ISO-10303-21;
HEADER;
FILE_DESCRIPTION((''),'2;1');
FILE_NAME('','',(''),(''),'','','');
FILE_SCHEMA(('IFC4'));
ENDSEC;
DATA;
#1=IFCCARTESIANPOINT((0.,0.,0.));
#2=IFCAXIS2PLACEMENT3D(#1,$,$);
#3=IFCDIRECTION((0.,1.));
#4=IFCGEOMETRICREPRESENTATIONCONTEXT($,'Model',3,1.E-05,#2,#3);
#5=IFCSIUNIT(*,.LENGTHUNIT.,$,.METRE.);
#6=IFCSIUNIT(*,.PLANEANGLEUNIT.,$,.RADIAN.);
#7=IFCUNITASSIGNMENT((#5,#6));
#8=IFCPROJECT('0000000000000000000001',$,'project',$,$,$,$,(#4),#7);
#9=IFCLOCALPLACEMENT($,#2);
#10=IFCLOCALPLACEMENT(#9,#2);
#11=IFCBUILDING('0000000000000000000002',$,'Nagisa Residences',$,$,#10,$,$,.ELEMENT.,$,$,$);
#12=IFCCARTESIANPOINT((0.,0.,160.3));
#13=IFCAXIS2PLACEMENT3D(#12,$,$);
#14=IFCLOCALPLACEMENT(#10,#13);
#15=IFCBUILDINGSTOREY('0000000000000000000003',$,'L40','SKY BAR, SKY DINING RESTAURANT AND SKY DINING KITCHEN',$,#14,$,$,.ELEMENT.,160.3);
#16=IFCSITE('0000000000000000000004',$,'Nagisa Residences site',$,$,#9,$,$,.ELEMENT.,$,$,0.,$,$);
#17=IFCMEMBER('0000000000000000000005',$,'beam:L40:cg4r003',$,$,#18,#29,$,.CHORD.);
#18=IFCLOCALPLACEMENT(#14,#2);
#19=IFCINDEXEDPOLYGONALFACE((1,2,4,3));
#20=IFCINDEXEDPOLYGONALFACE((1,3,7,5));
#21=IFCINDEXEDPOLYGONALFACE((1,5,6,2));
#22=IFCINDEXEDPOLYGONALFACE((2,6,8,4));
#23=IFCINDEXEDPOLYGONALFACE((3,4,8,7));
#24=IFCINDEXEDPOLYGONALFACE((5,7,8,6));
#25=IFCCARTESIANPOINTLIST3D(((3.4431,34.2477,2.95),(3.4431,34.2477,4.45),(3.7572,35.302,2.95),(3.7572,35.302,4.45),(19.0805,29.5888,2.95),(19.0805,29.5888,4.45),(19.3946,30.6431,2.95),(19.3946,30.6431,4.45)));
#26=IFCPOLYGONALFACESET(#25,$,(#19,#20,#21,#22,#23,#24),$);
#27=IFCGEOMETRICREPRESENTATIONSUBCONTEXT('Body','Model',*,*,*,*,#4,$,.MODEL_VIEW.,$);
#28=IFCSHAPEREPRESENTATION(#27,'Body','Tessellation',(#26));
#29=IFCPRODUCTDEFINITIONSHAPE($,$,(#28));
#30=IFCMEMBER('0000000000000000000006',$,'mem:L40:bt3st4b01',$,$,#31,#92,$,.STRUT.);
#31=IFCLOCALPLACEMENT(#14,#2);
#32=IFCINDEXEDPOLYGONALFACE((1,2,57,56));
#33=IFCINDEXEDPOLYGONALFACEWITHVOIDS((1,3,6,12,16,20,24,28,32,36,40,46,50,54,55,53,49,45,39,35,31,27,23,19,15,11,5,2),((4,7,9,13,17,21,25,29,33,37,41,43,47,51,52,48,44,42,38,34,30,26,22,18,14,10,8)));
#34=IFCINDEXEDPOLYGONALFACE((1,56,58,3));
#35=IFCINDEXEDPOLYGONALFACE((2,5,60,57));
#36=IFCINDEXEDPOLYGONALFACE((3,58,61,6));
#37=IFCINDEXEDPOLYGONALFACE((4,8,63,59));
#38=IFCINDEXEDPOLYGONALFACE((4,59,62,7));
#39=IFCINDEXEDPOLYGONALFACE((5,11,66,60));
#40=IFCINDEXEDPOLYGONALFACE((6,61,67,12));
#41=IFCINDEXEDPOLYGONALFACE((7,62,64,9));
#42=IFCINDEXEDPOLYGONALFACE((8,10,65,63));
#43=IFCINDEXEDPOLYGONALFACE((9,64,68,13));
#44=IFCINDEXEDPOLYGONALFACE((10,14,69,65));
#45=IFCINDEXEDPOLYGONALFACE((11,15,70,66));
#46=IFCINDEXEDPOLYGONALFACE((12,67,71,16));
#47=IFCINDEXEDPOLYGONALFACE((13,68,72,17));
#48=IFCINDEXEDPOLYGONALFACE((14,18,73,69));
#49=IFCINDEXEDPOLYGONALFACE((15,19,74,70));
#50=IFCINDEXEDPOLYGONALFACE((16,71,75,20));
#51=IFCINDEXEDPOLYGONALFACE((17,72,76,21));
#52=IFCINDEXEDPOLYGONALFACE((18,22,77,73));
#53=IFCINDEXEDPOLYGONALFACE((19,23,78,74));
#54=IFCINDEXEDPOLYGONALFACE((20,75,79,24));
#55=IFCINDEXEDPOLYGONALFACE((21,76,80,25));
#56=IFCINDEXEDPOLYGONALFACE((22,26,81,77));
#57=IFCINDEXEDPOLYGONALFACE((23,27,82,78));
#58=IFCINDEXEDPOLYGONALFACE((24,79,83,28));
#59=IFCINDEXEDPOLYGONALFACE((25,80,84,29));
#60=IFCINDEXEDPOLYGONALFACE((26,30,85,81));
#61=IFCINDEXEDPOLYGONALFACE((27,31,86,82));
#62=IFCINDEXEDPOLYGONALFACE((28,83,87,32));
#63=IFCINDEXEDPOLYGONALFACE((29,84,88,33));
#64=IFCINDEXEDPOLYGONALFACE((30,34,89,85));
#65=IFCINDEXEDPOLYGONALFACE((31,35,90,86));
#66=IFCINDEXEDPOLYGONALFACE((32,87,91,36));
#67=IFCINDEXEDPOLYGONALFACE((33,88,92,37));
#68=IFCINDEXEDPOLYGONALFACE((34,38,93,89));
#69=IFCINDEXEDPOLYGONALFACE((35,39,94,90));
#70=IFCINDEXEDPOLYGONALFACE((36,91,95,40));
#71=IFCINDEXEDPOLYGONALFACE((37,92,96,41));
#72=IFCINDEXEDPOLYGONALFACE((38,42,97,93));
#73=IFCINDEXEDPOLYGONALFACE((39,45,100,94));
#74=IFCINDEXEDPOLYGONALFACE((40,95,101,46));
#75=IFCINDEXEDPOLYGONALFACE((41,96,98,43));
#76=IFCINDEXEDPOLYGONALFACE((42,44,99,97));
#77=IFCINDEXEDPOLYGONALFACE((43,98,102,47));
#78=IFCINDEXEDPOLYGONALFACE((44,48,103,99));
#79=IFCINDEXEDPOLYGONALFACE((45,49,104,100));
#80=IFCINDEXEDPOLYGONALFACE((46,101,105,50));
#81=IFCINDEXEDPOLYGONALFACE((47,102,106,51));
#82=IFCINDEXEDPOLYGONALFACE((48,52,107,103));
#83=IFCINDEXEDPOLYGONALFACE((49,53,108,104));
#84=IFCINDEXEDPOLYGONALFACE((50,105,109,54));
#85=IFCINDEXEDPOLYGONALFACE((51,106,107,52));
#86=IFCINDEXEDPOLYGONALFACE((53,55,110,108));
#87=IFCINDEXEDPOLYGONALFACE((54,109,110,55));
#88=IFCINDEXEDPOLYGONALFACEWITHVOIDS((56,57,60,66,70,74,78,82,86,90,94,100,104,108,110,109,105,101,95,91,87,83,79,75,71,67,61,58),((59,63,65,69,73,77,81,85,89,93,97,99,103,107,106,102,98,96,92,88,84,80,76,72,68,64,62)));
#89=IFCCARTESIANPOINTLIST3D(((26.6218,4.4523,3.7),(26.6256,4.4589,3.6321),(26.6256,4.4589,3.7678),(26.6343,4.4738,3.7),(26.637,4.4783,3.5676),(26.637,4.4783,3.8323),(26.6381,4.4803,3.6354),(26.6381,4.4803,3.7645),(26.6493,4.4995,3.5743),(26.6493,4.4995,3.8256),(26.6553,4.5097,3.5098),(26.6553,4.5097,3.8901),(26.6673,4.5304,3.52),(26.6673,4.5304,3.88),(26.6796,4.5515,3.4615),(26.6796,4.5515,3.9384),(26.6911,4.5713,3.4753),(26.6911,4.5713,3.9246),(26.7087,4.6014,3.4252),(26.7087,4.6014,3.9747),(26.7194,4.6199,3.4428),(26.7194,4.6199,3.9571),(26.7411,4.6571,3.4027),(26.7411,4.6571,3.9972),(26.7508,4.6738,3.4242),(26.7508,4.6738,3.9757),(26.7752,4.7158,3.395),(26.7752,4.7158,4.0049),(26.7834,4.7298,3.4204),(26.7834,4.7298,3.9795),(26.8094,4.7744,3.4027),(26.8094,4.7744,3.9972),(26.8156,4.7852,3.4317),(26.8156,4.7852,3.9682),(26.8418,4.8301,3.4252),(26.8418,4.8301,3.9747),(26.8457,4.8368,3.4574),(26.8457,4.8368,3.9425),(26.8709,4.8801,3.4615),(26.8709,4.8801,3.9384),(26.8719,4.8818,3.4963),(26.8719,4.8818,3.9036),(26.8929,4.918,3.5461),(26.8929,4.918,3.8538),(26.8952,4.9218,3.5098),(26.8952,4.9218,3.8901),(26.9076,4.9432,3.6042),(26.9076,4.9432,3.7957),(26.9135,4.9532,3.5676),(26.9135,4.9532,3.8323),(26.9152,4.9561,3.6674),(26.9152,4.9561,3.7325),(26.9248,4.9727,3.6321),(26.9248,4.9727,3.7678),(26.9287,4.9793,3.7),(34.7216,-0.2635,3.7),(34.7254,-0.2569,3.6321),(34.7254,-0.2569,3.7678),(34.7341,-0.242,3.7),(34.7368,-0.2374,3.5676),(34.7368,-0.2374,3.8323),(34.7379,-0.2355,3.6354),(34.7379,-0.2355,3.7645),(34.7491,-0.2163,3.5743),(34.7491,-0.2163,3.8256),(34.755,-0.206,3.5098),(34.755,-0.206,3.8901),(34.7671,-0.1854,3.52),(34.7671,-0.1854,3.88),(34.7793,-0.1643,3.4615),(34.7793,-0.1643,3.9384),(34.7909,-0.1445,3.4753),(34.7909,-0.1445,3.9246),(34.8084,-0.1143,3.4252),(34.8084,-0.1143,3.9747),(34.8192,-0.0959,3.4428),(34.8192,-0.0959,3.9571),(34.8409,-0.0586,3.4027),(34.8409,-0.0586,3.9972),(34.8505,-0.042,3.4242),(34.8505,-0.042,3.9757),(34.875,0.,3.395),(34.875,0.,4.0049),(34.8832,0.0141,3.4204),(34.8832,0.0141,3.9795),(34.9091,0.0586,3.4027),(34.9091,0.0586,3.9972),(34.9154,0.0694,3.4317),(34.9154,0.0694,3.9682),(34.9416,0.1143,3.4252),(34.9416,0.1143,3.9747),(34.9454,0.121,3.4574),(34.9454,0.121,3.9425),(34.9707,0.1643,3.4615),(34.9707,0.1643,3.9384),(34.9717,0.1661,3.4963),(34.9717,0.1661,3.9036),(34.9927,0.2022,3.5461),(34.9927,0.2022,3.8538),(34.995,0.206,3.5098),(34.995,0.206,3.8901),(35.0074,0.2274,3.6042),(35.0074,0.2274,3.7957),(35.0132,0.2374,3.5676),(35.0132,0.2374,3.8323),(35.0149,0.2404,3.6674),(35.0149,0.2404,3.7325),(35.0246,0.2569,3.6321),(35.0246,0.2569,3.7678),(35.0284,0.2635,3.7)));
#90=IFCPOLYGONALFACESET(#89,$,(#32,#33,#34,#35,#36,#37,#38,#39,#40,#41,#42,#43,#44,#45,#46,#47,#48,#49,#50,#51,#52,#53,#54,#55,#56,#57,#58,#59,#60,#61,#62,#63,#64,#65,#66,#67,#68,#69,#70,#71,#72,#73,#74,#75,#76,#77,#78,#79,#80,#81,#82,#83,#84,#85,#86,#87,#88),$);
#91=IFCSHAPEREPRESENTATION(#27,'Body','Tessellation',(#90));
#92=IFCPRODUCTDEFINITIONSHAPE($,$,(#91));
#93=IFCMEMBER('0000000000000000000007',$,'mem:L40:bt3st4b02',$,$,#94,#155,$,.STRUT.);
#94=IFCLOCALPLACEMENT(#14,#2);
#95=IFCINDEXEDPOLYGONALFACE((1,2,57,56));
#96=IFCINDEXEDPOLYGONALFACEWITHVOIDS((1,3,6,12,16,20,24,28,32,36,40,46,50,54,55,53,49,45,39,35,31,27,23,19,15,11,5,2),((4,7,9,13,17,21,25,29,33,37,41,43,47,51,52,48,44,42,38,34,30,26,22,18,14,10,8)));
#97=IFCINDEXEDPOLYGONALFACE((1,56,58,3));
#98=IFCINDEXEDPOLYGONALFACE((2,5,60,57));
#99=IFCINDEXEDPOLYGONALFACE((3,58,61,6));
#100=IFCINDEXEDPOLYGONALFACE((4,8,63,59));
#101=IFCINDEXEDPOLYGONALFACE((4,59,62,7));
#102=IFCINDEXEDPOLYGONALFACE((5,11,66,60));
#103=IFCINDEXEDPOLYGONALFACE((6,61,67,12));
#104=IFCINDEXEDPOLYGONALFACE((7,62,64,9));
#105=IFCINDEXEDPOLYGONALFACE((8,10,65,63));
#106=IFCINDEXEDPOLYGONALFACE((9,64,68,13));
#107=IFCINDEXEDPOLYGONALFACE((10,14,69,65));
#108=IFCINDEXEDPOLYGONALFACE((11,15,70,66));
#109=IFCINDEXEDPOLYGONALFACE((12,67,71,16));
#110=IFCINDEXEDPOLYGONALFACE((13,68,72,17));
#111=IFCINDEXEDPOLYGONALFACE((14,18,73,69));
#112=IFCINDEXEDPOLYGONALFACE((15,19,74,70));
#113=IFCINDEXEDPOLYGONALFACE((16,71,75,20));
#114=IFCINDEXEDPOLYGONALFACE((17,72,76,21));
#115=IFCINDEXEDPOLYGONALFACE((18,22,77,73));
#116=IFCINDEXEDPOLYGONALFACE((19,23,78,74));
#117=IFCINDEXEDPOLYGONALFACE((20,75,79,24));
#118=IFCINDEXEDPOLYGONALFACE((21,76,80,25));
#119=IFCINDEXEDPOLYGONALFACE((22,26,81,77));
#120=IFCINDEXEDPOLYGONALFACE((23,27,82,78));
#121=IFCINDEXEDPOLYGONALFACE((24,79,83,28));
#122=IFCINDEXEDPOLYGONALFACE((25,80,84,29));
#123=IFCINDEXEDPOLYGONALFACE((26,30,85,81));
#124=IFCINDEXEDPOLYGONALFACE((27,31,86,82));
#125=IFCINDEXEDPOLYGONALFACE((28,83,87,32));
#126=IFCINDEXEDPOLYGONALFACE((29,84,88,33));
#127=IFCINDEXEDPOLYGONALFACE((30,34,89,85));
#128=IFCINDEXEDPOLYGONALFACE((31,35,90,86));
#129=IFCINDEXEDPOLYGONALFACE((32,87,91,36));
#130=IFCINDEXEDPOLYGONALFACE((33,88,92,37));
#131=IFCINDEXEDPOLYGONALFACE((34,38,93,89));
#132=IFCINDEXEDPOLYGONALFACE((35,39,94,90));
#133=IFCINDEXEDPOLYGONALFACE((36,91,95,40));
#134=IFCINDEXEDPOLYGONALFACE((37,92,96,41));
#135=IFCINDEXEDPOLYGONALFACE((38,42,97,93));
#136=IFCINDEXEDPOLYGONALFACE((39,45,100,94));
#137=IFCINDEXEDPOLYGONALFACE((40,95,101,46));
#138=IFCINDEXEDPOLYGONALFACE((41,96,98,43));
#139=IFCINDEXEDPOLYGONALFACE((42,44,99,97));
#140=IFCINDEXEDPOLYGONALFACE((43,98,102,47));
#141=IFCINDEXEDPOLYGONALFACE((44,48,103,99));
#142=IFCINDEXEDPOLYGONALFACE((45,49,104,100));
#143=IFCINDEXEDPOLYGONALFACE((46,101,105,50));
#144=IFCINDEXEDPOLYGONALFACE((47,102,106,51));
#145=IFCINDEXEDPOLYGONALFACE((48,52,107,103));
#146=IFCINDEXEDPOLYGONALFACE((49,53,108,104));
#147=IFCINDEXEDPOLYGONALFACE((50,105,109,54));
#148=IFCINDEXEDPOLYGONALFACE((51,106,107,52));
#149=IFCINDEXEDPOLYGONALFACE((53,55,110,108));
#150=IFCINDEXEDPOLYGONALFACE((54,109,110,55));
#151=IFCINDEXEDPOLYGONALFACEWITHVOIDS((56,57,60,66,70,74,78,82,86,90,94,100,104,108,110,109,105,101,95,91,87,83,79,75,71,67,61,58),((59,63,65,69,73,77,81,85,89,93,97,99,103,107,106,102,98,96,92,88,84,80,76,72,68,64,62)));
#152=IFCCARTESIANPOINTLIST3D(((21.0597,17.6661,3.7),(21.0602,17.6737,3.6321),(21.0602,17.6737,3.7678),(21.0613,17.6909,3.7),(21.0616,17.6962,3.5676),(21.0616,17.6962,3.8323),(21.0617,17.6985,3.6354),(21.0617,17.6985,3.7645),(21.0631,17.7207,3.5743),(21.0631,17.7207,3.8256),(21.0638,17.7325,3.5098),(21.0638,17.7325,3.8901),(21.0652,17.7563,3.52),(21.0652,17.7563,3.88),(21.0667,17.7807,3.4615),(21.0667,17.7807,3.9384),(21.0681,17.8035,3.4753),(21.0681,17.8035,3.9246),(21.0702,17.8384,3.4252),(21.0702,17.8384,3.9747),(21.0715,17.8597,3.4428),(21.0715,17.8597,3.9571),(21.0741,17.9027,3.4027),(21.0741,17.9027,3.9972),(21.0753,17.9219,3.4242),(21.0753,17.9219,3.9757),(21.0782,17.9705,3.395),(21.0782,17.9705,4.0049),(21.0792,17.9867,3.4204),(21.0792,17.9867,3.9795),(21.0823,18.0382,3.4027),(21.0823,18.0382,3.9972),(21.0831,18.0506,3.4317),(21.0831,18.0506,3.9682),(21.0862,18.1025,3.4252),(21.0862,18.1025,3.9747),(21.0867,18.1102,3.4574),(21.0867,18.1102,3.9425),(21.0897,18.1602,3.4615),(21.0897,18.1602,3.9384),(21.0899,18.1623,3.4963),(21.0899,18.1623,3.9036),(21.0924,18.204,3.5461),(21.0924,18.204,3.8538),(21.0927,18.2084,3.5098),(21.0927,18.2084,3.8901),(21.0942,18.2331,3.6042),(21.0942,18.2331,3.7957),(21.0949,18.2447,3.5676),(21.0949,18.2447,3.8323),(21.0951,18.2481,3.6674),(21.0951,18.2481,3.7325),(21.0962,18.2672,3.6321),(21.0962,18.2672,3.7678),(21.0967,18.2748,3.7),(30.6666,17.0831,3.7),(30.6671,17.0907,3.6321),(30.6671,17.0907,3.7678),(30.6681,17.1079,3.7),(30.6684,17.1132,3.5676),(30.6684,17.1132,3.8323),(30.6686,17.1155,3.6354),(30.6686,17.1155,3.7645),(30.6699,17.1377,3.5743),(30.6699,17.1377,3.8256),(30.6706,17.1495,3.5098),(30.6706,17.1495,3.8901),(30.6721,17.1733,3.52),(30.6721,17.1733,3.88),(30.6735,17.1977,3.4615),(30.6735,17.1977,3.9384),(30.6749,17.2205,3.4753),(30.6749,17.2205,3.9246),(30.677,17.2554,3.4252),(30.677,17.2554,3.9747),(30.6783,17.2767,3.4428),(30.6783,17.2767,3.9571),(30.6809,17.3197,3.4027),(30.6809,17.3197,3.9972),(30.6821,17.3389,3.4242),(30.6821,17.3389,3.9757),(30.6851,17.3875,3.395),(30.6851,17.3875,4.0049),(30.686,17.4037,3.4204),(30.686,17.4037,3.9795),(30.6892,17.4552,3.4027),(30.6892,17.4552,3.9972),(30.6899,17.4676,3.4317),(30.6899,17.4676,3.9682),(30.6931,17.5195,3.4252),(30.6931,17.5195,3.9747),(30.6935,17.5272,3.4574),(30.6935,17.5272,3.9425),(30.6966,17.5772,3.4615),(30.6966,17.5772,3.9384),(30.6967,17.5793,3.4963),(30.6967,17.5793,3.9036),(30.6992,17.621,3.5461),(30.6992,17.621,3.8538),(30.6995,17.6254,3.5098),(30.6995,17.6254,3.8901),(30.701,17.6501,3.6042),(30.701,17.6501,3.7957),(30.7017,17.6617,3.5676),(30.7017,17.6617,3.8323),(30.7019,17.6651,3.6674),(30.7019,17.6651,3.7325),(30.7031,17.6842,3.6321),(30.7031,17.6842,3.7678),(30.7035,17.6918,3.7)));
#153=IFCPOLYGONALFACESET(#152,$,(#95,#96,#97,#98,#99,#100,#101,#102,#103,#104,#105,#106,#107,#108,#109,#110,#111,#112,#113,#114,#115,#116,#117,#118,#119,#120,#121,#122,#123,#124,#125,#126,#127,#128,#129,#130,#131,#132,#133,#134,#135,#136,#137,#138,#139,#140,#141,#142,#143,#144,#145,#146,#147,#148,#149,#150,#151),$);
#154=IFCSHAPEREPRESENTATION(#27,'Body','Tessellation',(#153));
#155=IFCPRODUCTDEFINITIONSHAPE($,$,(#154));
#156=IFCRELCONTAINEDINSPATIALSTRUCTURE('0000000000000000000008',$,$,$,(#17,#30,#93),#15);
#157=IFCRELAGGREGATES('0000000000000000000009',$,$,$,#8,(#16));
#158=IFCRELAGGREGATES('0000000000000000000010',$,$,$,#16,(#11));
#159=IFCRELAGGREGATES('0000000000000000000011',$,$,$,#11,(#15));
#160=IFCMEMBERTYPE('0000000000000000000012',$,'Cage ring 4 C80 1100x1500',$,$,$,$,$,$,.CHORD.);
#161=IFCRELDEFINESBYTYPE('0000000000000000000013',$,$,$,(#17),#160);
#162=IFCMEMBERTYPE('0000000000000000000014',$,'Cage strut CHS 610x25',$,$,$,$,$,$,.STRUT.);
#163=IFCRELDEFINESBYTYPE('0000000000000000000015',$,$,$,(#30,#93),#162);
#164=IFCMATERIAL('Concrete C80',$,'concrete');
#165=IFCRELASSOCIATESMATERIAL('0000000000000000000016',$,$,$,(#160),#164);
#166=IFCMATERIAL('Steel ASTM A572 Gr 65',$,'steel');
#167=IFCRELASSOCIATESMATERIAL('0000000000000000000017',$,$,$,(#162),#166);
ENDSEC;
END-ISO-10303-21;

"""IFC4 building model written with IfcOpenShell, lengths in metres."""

from ifc_helpers import new_model, si_unit, direction, frame, origin, origin_2d, place, context, subcontext, project, spatial, rectangle, hollow_circle, extrude, material, material_profile, profile_set, type_object, element, save


model = new_model("IFC4")

# Units and contexts
model_context = context("Model", 3, precision=1e-05, world=origin(), true_north=direction((0.0, 1.0)))
body_context = subcontext(model_context, "Body", "Model", "MODEL_VIEW")
ifc_project = project(units=[si_unit("LENGTHUNIT", "METRE"), si_unit("PLANEANGLEUNIT", "RADIAN")], contexts=[model_context])

# Site, building, storey
site_placement = place(None, origin())
site = spatial("IfcSite", under=ifc_project, at=site_placement, Name="Nagisa Residences site", CompositionType="ELEMENT", RefElevation=0.0)
building_placement = place(site_placement, origin())
building = spatial("IfcBuilding", under=site, at=building_placement, Name="Nagisa Residences", CompositionType="ELEMENT")
storey_placement = place(building_placement, frame((0.0, 0.0, 160.3)))
storey = spatial("IfcBuildingStorey", under=building, at=storey_placement, Name="L40", Description="SKY BAR, SKY DINING RESTAURANT AND SKY DINING KITCHEN", CompositionType="ELEMENT", Elevation=160.3)

# Members
ifc_material_1 = material(Name="Concrete C80", Category="concrete")
ifc_material_profile_1 = material_profile(ifc_material_1, rectangle(XDim=1.1001, YDim=1.5, at=origin_2d()), Name="C80 1100x1500")
ifc_profile_set_1 = profile_set([ifc_material_profile_1], Name="Concrete C80")
member_type_1 = type_object("IfcMemberType", Name="Cage ring 4 C80 1100x1500", PredefinedType="CHORD", material=ifc_profile_set_1)
member_1_placement = place(storey_placement, frame((19.2375, 30.116, 3.7), z_axis=(-0.958369, 0.285531, 0.0), x_axis=(-0.285531, -0.958369, 0.0)))
element("IfcMember", 1, at=member_1_placement, inside=storey, type_object=member_type_1, Name="beam:L40:cg4r003", PredefinedType="CHORD", context=body_context, shape_type="SweptSolid", body=[
    extrude(rectangle(XDim=1.1001, YDim=1.5, at=origin_2d()), origin(), (0.0, 0.0, 1.0), 16.3167),
])
ifc_material_2 = material(Name="Steel ASTM A572 Gr 65", Category="steel")
ifc_material_profile_2 = material_profile(ifc_material_2, hollow_circle(Radius=0.3049, WallThickness=0.0249, at=origin_2d()), Name="CHS 610x25")
ifc_profile_set_2 = profile_set([ifc_material_profile_2], Name="Steel ASTM A572 Gr 65")
member_type_2 = type_object("IfcMemberType", Name="Cage strut CHS 610x25", PredefinedType="STRUT", material=ifc_profile_set_2)
member_2_placement = place(storey_placement, frame((34.875, 0.0, 3.7), z_axis=(-0.864201, 0.503147, 0.0), x_axis=(-0.503147, -0.864201, 0.0)))
element("IfcMember", 2, at=member_2_placement, inside=storey, type_object=member_type_2, Name="mem:L40:bt3st4b01", PredefinedType="STRUT", context=body_context, shape_type="SweptSolid", body=[
    extrude(hollow_circle(Radius=0.3049, WallThickness=0.0249, at=origin_2d()), origin(), (0.0, 0.0, 1.0), 9.3726),
])
member_3_placement = place(storey_placement, frame((30.6851, 17.3875, 3.7), z_axis=(-0.998164, 0.060575, 0.0), x_axis=(-0.060575, -0.998164, 0.0)))
element("IfcMember", 3, at=member_3_placement, inside=storey, type_object=member_type_2, Name="mem:L40:bt3st4b02", PredefinedType="STRUT", context=body_context, shape_type="SweptSolid", body=[
    extrude(hollow_circle(Radius=0.3049, WallThickness=0.0249, at=origin_2d()), origin(), (0.0, 0.0, 1.0), 9.6245),
])

save(model, "model.ifc")
